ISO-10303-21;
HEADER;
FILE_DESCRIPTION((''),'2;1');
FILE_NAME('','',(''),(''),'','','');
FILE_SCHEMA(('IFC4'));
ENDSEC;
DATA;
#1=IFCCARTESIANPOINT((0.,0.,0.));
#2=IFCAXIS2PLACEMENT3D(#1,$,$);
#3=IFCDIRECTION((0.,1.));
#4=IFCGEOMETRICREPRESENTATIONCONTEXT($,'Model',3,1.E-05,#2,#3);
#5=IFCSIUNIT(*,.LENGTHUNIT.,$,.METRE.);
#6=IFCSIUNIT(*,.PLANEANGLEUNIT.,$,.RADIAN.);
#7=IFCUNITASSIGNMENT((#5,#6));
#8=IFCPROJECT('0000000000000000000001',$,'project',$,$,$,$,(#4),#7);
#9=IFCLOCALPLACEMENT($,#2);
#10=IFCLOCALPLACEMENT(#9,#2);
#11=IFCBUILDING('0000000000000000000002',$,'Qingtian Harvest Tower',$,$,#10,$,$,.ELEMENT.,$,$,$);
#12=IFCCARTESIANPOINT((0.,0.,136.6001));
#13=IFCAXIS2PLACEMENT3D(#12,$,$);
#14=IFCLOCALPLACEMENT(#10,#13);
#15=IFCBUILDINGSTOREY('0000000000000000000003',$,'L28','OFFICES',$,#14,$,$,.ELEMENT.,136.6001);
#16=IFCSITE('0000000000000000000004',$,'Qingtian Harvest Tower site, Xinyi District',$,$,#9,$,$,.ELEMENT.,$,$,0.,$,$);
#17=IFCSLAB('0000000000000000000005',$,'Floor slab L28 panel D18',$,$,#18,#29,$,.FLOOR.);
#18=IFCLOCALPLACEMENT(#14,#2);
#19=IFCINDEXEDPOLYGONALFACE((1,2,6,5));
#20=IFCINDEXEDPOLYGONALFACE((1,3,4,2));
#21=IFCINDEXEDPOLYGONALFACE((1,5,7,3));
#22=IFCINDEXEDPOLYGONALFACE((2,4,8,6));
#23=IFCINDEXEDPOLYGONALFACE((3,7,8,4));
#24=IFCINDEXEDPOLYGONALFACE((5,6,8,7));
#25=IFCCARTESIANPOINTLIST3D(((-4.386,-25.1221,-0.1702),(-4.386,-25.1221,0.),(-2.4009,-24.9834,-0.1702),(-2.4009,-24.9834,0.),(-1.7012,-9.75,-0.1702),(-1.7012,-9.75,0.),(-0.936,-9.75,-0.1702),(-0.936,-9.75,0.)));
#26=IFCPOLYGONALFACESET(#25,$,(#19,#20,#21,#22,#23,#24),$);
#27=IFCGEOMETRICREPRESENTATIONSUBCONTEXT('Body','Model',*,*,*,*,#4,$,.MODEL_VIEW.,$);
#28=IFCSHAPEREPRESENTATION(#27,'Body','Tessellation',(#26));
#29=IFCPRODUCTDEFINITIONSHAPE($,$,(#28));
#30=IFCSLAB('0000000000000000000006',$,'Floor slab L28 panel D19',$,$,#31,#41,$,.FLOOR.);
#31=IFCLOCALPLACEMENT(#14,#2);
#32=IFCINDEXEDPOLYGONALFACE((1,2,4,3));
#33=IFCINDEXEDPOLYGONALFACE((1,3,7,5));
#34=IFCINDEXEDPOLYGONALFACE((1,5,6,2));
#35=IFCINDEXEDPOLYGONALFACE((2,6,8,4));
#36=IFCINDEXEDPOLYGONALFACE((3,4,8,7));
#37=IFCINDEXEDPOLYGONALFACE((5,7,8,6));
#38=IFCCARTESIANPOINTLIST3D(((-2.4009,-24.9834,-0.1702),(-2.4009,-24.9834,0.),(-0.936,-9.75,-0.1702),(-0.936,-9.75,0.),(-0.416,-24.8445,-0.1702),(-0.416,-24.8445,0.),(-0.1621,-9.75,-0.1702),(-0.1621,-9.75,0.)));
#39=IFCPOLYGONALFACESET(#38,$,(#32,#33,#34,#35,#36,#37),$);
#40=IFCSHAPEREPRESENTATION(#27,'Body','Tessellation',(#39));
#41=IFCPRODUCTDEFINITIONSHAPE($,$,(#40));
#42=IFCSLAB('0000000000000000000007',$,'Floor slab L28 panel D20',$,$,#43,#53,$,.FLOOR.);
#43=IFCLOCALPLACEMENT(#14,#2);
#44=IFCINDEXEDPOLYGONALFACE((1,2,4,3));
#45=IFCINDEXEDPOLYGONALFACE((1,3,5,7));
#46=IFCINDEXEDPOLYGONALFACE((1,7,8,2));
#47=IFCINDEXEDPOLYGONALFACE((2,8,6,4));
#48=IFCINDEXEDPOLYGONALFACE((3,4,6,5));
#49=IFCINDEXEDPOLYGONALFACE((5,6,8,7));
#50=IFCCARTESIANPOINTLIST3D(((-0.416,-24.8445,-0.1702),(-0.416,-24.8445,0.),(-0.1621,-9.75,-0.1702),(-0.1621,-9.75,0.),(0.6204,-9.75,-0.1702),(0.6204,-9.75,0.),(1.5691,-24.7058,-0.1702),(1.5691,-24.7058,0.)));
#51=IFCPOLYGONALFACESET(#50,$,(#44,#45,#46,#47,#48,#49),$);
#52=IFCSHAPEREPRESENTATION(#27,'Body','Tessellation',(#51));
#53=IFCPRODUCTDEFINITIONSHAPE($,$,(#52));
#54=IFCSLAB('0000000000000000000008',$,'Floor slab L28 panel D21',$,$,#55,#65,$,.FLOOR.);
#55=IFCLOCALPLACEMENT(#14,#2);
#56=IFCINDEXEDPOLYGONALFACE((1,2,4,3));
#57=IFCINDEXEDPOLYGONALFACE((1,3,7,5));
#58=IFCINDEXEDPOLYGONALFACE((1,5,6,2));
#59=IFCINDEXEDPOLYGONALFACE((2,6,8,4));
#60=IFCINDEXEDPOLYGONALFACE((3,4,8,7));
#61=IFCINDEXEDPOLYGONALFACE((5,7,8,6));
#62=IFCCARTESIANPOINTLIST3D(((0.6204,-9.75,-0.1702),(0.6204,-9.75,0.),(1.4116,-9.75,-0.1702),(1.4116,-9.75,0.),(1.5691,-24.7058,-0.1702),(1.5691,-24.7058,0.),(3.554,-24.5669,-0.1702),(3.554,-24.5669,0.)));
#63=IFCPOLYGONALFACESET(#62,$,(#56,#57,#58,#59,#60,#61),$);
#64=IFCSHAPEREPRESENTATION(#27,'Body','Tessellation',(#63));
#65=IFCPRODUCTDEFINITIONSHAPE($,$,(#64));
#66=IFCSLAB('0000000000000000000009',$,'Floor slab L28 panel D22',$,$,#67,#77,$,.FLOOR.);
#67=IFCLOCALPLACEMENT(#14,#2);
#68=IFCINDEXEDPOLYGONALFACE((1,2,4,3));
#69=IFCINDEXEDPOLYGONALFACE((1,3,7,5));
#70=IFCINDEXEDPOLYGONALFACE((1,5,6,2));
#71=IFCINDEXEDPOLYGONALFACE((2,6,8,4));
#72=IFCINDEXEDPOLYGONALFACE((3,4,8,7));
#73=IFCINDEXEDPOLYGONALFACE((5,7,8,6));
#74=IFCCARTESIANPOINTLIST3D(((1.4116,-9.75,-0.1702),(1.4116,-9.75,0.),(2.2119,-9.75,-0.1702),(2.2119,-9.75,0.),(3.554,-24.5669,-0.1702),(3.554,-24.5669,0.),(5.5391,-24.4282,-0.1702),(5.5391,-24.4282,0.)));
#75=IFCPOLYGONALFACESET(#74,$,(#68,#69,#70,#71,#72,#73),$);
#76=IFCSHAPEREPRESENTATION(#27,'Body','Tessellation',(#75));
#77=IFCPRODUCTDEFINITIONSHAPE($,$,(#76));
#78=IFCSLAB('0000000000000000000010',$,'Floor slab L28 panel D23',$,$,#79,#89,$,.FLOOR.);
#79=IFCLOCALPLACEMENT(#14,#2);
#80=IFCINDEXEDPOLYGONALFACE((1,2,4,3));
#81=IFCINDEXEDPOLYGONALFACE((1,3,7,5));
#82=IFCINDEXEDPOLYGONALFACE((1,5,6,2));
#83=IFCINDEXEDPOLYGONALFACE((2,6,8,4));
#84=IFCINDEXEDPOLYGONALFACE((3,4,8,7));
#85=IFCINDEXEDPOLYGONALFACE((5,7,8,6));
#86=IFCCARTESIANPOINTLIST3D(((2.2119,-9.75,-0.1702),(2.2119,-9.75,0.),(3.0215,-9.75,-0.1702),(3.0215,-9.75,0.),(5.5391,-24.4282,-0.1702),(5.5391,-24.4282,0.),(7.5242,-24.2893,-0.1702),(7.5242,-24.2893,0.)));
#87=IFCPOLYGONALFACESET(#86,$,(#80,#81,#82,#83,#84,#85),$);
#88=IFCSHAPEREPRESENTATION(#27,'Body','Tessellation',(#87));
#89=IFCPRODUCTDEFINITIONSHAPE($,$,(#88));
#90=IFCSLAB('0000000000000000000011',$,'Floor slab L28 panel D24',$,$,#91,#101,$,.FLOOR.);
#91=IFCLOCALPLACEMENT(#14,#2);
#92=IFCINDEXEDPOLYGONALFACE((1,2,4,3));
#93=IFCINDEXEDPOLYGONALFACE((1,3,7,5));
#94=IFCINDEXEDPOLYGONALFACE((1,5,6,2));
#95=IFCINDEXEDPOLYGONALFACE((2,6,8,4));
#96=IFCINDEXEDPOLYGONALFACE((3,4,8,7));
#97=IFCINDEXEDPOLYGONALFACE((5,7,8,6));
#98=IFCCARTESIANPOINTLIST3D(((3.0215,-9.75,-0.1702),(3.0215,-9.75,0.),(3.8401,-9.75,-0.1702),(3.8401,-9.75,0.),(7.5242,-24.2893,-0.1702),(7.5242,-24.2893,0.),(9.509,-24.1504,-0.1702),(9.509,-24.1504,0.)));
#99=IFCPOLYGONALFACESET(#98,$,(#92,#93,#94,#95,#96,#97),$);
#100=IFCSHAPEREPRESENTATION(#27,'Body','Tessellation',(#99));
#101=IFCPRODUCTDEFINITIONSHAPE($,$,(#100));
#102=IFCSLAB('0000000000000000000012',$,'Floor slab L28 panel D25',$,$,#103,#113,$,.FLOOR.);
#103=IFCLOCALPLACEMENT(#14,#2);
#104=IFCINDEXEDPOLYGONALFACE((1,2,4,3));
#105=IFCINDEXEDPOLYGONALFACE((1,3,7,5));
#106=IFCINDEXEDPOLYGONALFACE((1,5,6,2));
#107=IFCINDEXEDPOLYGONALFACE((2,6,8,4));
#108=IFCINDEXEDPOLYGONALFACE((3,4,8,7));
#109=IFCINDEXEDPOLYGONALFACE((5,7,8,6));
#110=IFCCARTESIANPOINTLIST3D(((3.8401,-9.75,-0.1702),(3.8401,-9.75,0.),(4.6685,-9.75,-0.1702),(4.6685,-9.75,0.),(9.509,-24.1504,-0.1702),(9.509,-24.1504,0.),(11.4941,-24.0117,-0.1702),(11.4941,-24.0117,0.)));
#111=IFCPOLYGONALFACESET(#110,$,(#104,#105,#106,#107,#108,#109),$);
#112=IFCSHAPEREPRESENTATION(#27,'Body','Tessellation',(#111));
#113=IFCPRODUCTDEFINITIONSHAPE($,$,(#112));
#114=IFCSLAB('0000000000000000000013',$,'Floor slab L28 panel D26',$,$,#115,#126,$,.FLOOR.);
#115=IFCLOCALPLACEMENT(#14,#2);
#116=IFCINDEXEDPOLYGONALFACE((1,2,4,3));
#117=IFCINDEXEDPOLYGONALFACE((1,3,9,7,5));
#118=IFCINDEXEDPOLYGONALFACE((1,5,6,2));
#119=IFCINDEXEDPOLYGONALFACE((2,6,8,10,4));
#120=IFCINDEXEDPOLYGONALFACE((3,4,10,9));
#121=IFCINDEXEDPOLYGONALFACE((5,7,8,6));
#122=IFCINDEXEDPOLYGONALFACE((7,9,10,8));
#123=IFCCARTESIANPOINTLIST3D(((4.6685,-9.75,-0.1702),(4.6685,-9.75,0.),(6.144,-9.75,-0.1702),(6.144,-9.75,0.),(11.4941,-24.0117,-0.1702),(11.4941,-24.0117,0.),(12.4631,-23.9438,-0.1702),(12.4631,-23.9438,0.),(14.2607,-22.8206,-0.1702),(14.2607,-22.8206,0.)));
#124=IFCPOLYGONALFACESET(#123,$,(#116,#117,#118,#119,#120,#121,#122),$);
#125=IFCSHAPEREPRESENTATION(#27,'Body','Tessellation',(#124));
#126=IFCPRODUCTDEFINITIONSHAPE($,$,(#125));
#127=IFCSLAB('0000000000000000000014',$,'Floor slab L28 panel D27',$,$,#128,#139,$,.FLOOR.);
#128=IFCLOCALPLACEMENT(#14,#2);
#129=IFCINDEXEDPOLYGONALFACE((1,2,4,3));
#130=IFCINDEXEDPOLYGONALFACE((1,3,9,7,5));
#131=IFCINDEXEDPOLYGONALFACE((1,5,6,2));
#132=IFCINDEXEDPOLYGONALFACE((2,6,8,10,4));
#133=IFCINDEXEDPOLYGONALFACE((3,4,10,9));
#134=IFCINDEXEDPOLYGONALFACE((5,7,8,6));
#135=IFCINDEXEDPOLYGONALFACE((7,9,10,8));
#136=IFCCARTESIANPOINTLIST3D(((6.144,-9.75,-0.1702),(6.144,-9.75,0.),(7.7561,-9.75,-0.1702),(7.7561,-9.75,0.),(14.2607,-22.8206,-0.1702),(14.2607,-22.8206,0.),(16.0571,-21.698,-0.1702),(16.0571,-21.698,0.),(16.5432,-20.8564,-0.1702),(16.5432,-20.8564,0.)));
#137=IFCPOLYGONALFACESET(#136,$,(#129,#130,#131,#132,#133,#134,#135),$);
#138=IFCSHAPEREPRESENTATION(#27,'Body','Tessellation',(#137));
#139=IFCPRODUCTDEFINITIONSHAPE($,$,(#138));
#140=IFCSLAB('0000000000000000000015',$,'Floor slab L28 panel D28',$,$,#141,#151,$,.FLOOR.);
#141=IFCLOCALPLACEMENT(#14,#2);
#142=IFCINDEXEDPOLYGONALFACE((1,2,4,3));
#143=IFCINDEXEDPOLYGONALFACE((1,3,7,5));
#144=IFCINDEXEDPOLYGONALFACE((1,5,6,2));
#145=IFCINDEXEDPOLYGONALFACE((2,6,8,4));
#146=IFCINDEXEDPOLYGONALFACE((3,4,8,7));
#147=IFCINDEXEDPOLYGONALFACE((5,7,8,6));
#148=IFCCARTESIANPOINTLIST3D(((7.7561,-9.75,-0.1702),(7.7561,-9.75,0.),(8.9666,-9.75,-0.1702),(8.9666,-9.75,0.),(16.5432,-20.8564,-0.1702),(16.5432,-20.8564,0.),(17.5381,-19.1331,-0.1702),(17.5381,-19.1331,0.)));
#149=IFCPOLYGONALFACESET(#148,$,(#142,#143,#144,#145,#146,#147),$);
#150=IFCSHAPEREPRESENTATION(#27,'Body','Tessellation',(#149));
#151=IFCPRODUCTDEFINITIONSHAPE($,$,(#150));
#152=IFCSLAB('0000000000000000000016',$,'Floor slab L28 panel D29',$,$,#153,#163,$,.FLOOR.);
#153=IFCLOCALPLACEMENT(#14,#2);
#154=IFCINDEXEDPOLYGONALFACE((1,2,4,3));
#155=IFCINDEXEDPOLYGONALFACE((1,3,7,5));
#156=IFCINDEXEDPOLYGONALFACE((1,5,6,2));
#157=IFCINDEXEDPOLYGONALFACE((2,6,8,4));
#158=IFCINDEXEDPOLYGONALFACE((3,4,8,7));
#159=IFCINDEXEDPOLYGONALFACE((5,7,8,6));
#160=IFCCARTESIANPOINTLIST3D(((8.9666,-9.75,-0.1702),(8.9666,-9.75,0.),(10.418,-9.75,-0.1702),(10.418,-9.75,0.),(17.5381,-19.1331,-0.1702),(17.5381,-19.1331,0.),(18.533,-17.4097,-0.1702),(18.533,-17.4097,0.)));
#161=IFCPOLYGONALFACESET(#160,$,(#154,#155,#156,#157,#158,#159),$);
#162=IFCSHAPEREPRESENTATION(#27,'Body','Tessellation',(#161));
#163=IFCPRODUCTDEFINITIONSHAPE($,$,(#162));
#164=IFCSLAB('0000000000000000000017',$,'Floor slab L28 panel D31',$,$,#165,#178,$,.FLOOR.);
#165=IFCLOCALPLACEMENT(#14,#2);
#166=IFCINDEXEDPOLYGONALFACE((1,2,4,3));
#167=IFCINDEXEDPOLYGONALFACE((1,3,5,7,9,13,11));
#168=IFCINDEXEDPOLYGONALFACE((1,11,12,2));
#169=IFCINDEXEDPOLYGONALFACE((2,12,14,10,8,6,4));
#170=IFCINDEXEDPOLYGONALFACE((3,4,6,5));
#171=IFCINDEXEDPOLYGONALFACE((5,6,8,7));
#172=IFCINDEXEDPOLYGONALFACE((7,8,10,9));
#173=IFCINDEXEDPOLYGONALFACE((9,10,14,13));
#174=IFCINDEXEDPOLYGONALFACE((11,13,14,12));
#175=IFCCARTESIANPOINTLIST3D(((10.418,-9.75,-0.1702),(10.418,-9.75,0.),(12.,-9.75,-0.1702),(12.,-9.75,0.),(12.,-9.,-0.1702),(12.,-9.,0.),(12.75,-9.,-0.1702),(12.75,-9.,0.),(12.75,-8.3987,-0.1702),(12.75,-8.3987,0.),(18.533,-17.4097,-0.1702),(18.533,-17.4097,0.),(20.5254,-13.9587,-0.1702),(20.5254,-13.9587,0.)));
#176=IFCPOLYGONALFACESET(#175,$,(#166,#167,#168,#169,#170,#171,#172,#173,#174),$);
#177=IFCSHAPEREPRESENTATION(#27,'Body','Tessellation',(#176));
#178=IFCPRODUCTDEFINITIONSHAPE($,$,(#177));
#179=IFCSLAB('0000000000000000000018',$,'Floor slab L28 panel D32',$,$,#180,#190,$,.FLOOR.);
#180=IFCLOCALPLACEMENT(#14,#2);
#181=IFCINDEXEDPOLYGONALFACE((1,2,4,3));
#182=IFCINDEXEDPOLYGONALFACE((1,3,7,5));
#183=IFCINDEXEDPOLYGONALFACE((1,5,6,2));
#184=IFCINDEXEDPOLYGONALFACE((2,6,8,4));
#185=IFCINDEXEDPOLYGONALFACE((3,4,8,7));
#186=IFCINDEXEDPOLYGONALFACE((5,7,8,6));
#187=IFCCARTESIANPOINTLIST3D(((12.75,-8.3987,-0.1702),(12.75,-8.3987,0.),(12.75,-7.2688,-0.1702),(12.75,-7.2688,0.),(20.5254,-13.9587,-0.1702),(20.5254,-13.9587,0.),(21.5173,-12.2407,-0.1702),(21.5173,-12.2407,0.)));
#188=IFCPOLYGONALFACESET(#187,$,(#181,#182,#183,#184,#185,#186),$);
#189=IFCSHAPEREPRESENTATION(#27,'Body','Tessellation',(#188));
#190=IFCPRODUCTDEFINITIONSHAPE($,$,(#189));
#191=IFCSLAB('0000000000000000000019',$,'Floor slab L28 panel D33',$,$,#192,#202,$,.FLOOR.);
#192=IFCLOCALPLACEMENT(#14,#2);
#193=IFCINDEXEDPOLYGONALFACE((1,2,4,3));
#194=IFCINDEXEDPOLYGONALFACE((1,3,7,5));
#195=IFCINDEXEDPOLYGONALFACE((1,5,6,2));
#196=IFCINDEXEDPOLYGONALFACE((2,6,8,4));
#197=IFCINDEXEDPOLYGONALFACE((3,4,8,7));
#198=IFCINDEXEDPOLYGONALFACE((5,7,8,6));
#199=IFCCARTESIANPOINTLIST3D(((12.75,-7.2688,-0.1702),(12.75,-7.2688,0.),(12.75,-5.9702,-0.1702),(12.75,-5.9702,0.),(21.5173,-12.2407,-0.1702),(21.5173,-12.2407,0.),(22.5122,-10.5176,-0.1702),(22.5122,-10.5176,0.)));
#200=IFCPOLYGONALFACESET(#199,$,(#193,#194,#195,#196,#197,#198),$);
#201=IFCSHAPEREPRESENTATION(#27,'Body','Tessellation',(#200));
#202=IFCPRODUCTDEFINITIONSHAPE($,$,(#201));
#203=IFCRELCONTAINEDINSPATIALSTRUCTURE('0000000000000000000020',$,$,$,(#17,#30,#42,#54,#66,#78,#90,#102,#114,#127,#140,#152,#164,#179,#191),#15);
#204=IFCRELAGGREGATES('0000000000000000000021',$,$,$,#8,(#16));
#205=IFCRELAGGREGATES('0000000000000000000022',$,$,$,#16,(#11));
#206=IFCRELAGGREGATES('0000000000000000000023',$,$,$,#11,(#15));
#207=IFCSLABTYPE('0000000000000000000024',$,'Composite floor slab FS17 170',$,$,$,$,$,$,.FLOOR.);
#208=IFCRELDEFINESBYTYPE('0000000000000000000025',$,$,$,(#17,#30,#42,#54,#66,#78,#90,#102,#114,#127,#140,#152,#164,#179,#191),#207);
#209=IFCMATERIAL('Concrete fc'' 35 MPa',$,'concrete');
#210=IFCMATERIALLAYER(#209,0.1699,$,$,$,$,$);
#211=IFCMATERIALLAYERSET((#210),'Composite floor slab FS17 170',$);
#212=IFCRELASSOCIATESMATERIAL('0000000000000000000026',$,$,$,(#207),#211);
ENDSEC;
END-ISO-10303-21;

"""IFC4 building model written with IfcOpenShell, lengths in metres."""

from ifc_helpers import new_model, si_unit, direction, frame, origin, place, context, subcontext, project, spatial, polyline, outline, extrude, material, layer, layer_set, type_object, element, save


model = new_model("IFC4")

# Units and contexts
model_context = context("Model", 3, precision=1e-05, world=origin(), true_north=direction((0.0, 1.0)))
body_context = subcontext(model_context, "Body", "Model", "MODEL_VIEW")
ifc_project = project(units=[si_unit("LENGTHUNIT", "METRE"), si_unit("PLANEANGLEUNIT", "RADIAN")], contexts=[model_context])

# Site, building, storey
site_placement = place(None, origin())
site = spatial("IfcSite", under=ifc_project, at=site_placement, Name="Qingtian Harvest Tower site, Xinyi District", CompositionType="ELEMENT", RefElevation=0.0)
building_placement = place(site_placement, origin())
building = spatial("IfcBuilding", under=site, at=building_placement, Name="Qingtian Harvest Tower", CompositionType="ELEMENT")
storey_placement = place(building_placement, frame((0.0, 0.0, 136.6001)))
storey = spatial("IfcBuildingStorey", under=building, at=storey_placement, Name="L28", Description="OFFICES", CompositionType="ELEMENT", Elevation=136.6001)

# Slabs
ifc_material = material(Name="Concrete fc' 35 MPa", Category="concrete")
ifc_layer = layer(ifc_material, 0.1699)
ifc_layer_set = layer_set([ifc_layer], Name="Composite floor slab FS17 170")
slab_type = type_object("IfcSlabType", Name="Composite floor slab FS17 170", PredefinedType="FLOOR", material=ifc_layer_set)
slab_1_placement = place(storey_placement, frame((0.0, 0.0, -0.1702)))
element("IfcSlab", 1, at=slab_1_placement, inside=storey, type_object=slab_type, Name="Floor slab L28 panel D18", PredefinedType="FLOOR", context=body_context, shape_type="SweptSolid", body=[
    extrude(outline(polyline([(-0.936, -9.75), (-2.4009, -24.9834), (-4.386, -25.1221), (-1.7012, -9.75), (-0.936, -9.75)])), origin(), (0.0, 0.0, 1.0), 0.1702),
])
slab_2_placement = place(storey_placement, frame((0.0, 0.0, -0.1702)))
element("IfcSlab", 2, at=slab_2_placement, inside=storey, type_object=slab_type, Name="Floor slab L28 panel D19", PredefinedType="FLOOR", context=body_context, shape_type="SweptSolid", body=[
    extrude(outline(polyline([(-0.1621, -9.75), (-0.416, -24.8445), (-2.4009, -24.9834), (-0.936, -9.75), (-0.1621, -9.75)])), origin(), (0.0, 0.0, 1.0), 0.1702),
])
slab_3_placement = place(storey_placement, frame((0.0, 0.0, -0.1702)))
element("IfcSlab", 3, at=slab_3_placement, inside=storey, type_object=slab_type, Name="Floor slab L28 panel D20", PredefinedType="FLOOR", context=body_context, shape_type="SweptSolid", body=[
    extrude(outline(polyline([(0.6204, -9.75), (1.5691, -24.7058), (-0.416, -24.8445), (-0.1621, -9.75), (0.6204, -9.75)])), origin(), (0.0, 0.0, 1.0), 0.1702),
])
slab_4_placement = place(storey_placement, frame((0.0, 0.0, -0.1702)))
element("IfcSlab", 4, at=slab_4_placement, inside=storey, type_object=slab_type, Name="Floor slab L28 panel D21", PredefinedType="FLOOR", context=body_context, shape_type="SweptSolid", body=[
    extrude(outline(polyline([(1.4116, -9.75), (3.554, -24.5669), (1.5691, -24.7058), (0.6204, -9.75), (1.4116, -9.75)])), origin(), (0.0, 0.0, 1.0), 0.1702),
])
slab_5_placement = place(storey_placement, frame((0.0, 0.0, -0.1702)))
element("IfcSlab", 5, at=slab_5_placement, inside=storey, type_object=slab_type, Name="Floor slab L28 panel D22", PredefinedType="FLOOR", context=body_context, shape_type="SweptSolid", body=[
    extrude(outline(polyline([(2.2119, -9.75), (5.5391, -24.4282), (3.554, -24.5669), (1.4116, -9.75), (2.2119, -9.75)])), origin(), (0.0, 0.0, 1.0), 0.1702),
])
slab_6_placement = place(storey_placement, frame((0.0, 0.0, -0.1702)))
element("IfcSlab", 6, at=slab_6_placement, inside=storey, type_object=slab_type, Name="Floor slab L28 panel D23", PredefinedType="FLOOR", context=body_context, shape_type="SweptSolid", body=[
    extrude(outline(polyline([(3.0215, -9.75), (7.5242, -24.2893), (5.5391, -24.4282), (2.2119, -9.75), (3.0215, -9.75)])), origin(), (0.0, 0.0, 1.0), 0.1702),
])
slab_7_placement = place(storey_placement, frame((0.0, 0.0, -0.1702)))
element("IfcSlab", 7, at=slab_7_placement, inside=storey, type_object=slab_type, Name="Floor slab L28 panel D24", PredefinedType="FLOOR", context=body_context, shape_type="SweptSolid", body=[
    extrude(outline(polyline([(3.8401, -9.75), (9.509, -24.1504), (7.5242, -24.2893), (3.0215, -9.75), (3.8401, -9.75)])), origin(), (0.0, 0.0, 1.0), 0.1702),
])
slab_8_placement = place(storey_placement, frame((0.0, 0.0, -0.1702)))
element("IfcSlab", 8, at=slab_8_placement, inside=storey, type_object=slab_type, Name="Floor slab L28 panel D25", PredefinedType="FLOOR", context=body_context, shape_type="SweptSolid", body=[
    extrude(outline(polyline([(4.6685, -9.75), (11.4941, -24.0117), (9.509, -24.1504), (3.8401, -9.75), (4.6685, -9.75)])), origin(), (0.0, 0.0, 1.0), 0.1702),
])
slab_9_placement = place(storey_placement, frame((0.0, 0.0, -0.1702)))
element("IfcSlab", 9, at=slab_9_placement, inside=storey, type_object=slab_type, Name="Floor slab L28 panel D26", PredefinedType="FLOOR", context=body_context, shape_type="SweptSolid", body=[
    extrude(outline(polyline([(4.6685, -9.75), (6.144, -9.75), (14.2607, -22.8206), (12.4631, -23.9438), (11.4941, -24.0117), (4.6685, -9.75)])), origin(), (0.0, 0.0, 1.0), 0.1702),
])
slab_10_placement = place(storey_placement, frame((0.0, 0.0, -0.1702)))
element("IfcSlab", 10, at=slab_10_placement, inside=storey, type_object=slab_type, Name="Floor slab L28 panel D27", PredefinedType="FLOOR", context=body_context, shape_type="SweptSolid", body=[
    extrude(outline(polyline([(6.144, -9.75), (7.7561, -9.75), (16.5432, -20.8564), (16.0571, -21.698), (14.2607, -22.8206), (6.144, -9.75)])), origin(), (0.0, 0.0, 1.0), 0.1702),
])
slab_11_placement = place(storey_placement, frame((0.0, 0.0, -0.1702)))
element("IfcSlab", 11, at=slab_11_placement, inside=storey, type_object=slab_type, Name="Floor slab L28 panel D28", PredefinedType="FLOOR", context=body_context, shape_type="SweptSolid", body=[
    extrude(outline(polyline([(8.9666, -9.75), (17.5381, -19.1331), (16.5432, -20.8564), (7.7561, -9.75), (8.9666, -9.75)])), origin(), (0.0, 0.0, 1.0), 0.1702),
])
slab_12_placement = place(storey_placement, frame((0.0, 0.0, -0.1702)))
element("IfcSlab", 12, at=slab_12_placement, inside=storey, type_object=slab_type, Name="Floor slab L28 panel D29", PredefinedType="FLOOR", context=body_context, shape_type="SweptSolid", body=[
    extrude(outline(polyline([(10.418, -9.75), (18.533, -17.4097), (17.5381, -19.1331), (8.9666, -9.75), (10.418, -9.75)])), origin(), (0.0, 0.0, 1.0), 0.1702),
])
slab_13_placement = place(storey_placement, frame((0.0, 0.0, -0.1702)))
element("IfcSlab", 13, at=slab_13_placement, inside=storey, type_object=slab_type, Name="Floor slab L28 panel D31", PredefinedType="FLOOR", context=body_context, shape_type="SweptSolid", body=[
    extrude(outline(polyline([(12.75, -8.3987), (20.5254, -13.9587), (18.533, -17.4097), (10.418, -9.75), (12.0, -9.75), (12.0, -9.0), (12.75, -9.0), (12.75, -8.3987)])), origin(), (0.0, 0.0, 1.0), 0.1702),
])
slab_14_placement = place(storey_placement, frame((0.0, 0.0, -0.1702)))
element("IfcSlab", 14, at=slab_14_placement, inside=storey, type_object=slab_type, Name="Floor slab L28 panel D32", PredefinedType="FLOOR", context=body_context, shape_type="SweptSolid", body=[
    extrude(outline(polyline([(12.75, -7.2688), (21.5173, -12.2407), (20.5254, -13.9587), (12.75, -8.3987), (12.75, -7.2688)])), origin(), (0.0, 0.0, 1.0), 0.1702),
])
slab_15_placement = place(storey_placement, frame((0.0, 0.0, -0.1702)))
element("IfcSlab", 15, at=slab_15_placement, inside=storey, type_object=slab_type, Name="Floor slab L28 panel D33", PredefinedType="FLOOR", context=body_context, shape_type="SweptSolid", body=[
    extrude(outline(polyline([(12.75, -5.9702), (22.5122, -10.5176), (21.5173, -12.2407), (12.75, -7.2688), (12.75, -5.9702)])), origin(), (0.0, 0.0, 1.0), 0.1702),
])

save(model, "model.ifc")
